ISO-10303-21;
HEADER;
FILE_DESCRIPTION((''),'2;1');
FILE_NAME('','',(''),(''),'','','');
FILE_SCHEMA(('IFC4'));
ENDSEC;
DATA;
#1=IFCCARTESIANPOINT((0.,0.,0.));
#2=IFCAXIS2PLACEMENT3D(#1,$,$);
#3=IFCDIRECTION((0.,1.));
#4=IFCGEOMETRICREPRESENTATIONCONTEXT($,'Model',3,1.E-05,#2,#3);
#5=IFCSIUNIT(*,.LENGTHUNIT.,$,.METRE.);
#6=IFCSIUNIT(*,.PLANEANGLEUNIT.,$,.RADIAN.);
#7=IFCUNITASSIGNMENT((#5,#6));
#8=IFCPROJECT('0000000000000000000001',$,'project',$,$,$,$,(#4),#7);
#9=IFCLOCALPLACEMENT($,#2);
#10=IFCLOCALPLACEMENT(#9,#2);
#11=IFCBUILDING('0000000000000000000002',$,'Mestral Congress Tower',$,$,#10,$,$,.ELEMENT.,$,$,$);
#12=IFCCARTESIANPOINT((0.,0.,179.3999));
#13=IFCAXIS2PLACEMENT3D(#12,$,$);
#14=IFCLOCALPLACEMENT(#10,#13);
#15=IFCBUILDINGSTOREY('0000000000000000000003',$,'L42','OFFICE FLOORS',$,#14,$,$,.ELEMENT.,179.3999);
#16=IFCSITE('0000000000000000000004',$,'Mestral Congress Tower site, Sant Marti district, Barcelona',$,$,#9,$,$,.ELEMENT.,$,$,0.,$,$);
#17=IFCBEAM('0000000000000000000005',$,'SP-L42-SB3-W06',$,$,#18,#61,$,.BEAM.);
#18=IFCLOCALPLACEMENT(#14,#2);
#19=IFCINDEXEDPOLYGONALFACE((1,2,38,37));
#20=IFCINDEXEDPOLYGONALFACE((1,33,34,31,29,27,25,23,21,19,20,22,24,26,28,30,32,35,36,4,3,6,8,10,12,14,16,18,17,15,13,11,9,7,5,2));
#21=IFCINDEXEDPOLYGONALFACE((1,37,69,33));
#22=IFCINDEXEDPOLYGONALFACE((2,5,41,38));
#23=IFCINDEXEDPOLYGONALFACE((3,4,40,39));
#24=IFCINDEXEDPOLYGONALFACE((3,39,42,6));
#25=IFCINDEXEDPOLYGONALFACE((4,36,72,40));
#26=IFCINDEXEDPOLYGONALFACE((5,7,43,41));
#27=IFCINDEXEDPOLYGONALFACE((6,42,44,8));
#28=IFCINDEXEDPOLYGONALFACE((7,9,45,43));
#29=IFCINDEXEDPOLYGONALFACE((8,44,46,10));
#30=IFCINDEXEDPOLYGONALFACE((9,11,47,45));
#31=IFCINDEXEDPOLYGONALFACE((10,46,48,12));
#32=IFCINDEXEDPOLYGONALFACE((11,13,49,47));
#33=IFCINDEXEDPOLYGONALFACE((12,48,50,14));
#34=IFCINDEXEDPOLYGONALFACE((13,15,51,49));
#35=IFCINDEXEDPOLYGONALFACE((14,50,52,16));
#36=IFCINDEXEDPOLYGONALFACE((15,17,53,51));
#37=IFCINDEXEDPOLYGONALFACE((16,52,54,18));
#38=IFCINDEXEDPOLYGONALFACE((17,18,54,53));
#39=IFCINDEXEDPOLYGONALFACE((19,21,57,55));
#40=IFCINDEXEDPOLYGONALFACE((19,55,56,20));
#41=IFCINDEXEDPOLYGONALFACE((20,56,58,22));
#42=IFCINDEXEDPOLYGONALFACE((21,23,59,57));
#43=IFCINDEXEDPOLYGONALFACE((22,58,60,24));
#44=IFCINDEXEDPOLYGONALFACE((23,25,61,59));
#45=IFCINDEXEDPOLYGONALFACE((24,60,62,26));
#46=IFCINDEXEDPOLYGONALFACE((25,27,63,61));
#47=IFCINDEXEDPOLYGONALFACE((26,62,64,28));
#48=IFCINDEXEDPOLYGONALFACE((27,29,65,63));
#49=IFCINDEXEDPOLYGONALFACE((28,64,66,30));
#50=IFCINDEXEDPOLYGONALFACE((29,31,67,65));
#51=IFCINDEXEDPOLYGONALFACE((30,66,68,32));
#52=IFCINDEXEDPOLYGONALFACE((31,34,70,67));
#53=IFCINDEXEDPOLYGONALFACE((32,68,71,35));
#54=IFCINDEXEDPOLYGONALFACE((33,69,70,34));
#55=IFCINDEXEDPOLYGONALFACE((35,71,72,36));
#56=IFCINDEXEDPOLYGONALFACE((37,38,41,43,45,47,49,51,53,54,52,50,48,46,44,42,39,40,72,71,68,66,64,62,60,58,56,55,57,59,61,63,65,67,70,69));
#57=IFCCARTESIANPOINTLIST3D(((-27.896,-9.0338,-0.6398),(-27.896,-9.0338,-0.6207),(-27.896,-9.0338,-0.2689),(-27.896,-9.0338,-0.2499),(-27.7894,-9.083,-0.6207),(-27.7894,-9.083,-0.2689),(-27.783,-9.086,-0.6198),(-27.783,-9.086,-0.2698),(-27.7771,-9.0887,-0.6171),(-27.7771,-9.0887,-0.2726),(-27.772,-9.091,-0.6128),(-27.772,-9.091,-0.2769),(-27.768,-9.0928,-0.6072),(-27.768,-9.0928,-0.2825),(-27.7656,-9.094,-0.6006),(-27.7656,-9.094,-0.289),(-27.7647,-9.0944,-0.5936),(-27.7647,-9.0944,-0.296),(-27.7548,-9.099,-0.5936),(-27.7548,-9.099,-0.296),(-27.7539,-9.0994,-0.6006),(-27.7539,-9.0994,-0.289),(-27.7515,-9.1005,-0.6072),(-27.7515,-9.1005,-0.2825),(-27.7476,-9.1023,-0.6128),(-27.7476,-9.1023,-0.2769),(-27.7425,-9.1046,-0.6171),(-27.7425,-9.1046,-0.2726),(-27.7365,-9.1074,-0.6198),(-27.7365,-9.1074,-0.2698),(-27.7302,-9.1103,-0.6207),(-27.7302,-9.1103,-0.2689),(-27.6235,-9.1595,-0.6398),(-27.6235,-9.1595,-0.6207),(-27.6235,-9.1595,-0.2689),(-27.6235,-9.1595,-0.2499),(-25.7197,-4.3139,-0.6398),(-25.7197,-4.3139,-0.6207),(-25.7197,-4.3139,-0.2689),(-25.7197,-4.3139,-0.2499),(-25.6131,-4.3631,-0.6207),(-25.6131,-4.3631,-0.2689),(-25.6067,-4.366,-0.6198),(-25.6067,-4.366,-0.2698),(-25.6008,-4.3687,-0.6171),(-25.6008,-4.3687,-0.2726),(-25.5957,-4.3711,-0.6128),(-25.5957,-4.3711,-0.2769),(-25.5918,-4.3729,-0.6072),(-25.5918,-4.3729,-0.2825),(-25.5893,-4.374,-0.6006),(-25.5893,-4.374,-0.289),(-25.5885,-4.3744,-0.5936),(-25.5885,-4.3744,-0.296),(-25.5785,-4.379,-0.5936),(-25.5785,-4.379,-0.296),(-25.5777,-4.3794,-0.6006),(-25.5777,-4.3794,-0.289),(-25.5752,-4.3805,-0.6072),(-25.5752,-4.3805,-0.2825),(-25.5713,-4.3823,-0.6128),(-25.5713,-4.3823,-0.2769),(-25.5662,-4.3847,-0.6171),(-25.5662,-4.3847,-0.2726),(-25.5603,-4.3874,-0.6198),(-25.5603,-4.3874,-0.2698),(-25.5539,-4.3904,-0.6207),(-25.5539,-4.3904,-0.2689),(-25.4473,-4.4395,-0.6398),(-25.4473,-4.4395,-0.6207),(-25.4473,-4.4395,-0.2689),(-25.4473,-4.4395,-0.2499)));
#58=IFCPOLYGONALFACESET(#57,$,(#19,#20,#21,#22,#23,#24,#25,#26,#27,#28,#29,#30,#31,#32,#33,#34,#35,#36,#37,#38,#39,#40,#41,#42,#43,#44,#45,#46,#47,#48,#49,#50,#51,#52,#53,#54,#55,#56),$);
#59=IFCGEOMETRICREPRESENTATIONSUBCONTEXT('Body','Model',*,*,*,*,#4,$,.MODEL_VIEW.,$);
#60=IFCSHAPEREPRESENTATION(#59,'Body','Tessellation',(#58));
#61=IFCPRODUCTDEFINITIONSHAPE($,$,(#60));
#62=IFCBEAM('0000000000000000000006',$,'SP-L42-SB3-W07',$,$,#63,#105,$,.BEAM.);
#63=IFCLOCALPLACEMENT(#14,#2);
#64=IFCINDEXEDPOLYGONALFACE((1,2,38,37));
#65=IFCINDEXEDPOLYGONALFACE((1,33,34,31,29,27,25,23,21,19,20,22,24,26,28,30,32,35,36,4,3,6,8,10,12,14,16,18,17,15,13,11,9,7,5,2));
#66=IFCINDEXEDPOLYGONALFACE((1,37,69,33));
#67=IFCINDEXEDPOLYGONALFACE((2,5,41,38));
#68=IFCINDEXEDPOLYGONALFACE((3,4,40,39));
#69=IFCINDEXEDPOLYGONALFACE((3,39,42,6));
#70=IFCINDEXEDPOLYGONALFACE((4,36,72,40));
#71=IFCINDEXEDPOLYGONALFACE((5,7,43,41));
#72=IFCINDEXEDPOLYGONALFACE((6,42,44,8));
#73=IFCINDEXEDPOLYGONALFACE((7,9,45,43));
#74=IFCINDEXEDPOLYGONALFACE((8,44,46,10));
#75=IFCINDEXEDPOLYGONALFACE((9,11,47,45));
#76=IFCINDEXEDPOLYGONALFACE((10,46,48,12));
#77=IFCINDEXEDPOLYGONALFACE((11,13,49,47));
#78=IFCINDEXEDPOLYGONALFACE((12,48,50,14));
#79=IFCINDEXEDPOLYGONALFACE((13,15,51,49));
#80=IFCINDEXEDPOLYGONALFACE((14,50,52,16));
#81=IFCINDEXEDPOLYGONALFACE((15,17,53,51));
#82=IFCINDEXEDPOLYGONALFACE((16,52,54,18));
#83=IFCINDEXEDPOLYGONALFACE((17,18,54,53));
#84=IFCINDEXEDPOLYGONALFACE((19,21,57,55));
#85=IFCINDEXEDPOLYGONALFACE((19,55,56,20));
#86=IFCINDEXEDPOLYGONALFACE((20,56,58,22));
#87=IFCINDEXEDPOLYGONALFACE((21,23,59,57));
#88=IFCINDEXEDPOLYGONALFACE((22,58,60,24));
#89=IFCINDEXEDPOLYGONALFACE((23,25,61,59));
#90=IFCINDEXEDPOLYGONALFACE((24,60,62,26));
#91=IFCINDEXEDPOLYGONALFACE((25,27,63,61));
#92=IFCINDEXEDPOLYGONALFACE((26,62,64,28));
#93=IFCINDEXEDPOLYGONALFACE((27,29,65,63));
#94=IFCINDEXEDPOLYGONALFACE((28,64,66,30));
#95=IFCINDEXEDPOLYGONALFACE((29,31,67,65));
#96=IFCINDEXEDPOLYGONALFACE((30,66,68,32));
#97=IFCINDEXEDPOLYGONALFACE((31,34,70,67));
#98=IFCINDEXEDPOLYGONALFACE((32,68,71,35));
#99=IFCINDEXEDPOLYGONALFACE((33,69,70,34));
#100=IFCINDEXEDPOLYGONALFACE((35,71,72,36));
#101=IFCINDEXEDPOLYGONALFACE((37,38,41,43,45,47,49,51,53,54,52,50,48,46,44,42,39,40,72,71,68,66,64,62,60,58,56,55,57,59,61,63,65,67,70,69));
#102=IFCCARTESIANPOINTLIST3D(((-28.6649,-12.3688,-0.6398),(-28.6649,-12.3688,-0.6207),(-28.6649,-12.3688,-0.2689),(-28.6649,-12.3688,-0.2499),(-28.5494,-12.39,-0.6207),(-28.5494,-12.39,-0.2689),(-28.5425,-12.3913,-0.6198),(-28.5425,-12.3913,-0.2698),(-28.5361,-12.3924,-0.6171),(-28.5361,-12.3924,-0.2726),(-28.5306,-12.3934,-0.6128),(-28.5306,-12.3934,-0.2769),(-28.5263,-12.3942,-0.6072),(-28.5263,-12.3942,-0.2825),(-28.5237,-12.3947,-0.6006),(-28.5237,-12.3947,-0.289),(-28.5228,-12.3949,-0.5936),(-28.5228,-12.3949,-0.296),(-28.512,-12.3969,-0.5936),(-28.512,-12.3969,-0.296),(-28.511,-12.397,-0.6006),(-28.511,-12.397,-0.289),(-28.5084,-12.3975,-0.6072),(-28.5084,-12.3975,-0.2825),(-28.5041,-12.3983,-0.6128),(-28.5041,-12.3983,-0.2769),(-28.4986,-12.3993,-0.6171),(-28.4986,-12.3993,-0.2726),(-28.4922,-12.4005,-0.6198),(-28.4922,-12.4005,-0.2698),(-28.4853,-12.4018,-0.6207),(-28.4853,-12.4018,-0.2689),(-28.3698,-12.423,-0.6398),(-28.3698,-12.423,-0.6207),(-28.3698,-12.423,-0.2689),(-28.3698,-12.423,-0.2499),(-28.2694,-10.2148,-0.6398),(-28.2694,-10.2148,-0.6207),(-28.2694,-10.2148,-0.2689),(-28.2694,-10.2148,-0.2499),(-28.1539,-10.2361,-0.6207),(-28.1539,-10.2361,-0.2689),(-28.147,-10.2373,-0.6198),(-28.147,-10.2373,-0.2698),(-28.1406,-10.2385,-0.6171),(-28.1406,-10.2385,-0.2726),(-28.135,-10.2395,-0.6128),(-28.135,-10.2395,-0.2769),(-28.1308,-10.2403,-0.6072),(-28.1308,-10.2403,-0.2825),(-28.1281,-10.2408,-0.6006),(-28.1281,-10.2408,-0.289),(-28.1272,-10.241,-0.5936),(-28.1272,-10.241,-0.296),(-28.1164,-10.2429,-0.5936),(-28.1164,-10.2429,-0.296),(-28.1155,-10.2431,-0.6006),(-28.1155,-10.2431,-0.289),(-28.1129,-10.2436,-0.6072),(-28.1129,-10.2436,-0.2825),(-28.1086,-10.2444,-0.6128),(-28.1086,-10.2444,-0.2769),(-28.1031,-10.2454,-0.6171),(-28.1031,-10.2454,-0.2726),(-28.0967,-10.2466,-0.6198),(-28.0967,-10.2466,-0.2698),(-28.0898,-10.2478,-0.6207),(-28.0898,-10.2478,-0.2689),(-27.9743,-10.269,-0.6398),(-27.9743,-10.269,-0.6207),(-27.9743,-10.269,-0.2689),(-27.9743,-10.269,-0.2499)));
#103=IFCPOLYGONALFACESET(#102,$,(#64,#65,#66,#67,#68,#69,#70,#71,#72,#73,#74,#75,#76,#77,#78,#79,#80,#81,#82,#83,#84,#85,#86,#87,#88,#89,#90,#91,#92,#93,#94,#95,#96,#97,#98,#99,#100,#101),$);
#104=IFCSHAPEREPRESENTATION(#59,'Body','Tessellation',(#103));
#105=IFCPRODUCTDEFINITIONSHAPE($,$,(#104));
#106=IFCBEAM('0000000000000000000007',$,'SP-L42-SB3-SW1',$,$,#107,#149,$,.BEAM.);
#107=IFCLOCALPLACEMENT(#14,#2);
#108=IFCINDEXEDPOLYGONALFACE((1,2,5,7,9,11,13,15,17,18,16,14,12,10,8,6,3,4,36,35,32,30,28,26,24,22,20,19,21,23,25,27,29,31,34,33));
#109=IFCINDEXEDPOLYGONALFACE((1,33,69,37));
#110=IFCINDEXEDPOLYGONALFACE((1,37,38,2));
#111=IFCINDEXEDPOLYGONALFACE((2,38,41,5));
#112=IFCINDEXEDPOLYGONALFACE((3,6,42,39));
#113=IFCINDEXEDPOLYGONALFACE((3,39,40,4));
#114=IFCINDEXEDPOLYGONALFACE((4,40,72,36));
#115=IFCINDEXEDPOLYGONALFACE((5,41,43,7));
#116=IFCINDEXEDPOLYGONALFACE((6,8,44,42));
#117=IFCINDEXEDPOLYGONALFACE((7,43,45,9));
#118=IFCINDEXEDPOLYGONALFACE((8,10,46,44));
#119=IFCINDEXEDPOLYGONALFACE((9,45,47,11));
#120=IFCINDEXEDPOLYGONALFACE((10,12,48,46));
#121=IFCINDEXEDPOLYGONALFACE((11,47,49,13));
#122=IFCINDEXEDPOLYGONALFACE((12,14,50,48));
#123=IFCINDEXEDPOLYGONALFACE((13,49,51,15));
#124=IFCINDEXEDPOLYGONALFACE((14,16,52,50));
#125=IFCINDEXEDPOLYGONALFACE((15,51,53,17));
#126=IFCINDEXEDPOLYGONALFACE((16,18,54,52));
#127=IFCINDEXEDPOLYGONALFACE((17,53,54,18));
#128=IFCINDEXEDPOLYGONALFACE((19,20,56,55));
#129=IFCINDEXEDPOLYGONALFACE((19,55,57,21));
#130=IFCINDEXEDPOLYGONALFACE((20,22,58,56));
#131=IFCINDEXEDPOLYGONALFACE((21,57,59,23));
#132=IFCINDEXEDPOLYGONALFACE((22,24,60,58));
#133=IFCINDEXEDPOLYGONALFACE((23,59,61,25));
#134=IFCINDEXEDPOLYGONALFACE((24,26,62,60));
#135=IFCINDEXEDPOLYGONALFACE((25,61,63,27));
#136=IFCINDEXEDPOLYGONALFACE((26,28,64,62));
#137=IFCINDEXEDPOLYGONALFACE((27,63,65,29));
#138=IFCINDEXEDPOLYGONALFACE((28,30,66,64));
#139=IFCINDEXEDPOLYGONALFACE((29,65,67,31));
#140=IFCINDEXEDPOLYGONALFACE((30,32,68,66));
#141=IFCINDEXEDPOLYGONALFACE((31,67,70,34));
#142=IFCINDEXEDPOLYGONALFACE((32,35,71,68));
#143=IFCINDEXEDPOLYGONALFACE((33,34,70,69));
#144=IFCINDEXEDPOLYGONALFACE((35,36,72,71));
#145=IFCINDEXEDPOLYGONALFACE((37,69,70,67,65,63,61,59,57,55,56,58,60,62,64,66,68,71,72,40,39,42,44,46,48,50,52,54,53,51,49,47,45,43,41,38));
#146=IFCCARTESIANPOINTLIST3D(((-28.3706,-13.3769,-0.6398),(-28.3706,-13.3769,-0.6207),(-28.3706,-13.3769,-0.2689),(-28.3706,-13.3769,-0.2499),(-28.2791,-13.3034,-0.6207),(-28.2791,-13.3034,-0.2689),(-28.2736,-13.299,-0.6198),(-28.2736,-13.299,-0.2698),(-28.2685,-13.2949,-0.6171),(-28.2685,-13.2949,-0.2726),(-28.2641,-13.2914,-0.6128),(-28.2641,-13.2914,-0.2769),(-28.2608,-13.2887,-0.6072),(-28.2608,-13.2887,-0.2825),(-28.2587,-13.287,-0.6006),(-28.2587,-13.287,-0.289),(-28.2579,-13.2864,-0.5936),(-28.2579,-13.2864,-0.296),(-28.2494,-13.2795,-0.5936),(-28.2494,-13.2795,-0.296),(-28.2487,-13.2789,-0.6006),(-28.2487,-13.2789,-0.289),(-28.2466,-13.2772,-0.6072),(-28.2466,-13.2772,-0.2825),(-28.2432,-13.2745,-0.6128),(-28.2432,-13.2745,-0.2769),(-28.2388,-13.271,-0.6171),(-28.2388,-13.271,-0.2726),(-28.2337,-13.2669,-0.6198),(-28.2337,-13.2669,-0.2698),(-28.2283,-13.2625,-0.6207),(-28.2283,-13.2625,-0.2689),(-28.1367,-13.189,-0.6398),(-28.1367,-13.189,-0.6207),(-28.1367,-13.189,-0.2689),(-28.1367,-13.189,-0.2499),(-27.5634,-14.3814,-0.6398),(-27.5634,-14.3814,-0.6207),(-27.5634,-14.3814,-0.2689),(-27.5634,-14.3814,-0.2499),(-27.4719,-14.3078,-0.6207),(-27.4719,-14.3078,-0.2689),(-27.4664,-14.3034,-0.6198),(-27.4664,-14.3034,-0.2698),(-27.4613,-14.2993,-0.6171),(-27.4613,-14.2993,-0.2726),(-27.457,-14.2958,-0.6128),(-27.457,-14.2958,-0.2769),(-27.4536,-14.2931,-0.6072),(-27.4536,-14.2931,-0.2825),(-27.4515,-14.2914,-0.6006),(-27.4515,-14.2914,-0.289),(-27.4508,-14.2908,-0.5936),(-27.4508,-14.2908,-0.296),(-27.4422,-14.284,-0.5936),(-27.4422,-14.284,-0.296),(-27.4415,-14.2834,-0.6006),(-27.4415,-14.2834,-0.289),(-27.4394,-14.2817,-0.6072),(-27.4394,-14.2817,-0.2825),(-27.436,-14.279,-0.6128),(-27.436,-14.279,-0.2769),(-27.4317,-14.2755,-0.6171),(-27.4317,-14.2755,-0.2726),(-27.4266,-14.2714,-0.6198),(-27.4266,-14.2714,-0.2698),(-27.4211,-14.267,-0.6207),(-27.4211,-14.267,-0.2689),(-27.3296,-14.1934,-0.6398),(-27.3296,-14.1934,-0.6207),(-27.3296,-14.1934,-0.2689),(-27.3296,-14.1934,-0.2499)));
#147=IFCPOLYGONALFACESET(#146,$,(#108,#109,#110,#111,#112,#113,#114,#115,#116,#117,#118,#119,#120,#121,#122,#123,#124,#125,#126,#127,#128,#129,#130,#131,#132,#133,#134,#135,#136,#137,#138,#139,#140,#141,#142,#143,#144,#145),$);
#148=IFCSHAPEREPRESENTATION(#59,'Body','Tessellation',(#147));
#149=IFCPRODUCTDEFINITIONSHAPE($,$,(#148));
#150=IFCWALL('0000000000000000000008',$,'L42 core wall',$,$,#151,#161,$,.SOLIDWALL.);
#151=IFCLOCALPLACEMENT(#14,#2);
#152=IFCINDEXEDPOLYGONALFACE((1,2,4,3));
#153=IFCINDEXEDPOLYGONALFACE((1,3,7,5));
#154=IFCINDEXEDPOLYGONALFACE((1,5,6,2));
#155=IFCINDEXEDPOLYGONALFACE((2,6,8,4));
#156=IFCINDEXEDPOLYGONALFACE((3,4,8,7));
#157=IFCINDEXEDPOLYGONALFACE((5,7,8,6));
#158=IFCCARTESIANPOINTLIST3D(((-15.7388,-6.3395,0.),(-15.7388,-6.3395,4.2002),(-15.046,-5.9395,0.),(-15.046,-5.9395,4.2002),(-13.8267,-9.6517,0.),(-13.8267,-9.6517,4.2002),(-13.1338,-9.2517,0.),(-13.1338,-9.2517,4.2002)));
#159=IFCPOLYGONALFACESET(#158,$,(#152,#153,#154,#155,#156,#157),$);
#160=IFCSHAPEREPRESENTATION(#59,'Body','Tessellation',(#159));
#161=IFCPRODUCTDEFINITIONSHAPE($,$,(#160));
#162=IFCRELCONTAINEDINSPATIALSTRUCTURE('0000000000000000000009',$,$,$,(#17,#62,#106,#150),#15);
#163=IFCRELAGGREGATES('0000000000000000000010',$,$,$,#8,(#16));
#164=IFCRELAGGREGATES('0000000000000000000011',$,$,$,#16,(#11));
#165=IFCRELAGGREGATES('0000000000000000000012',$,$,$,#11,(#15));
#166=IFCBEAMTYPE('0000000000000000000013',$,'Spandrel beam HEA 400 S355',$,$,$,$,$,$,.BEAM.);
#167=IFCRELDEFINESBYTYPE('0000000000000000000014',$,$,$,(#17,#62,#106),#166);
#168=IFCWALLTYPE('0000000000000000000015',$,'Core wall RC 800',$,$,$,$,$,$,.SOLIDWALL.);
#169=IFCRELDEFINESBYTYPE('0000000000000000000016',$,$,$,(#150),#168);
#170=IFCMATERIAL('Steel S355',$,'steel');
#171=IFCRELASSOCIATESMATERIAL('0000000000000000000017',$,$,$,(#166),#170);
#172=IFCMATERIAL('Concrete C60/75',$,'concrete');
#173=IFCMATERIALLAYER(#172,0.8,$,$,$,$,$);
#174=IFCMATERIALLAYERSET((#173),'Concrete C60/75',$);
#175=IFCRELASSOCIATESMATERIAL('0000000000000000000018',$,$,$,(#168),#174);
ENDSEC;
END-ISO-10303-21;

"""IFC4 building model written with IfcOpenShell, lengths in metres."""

from ifc_helpers import new_model, si_unit, direction, frame, frame_2d, origin, origin_2d, place, context, subcontext, project, spatial, rectangle, i_section, extrude, material, layer, layer_set, material_profile, profile_set, type_object, element, save


model = new_model("IFC4")

# Units and contexts
model_context = context("Model", 3, precision=1e-05, world=origin(), true_north=direction((0.0, 1.0)))
body_context = subcontext(model_context, "Body", "Model", "MODEL_VIEW")
ifc_project = project(units=[si_unit("LENGTHUNIT", "METRE"), si_unit("PLANEANGLEUNIT", "RADIAN")], contexts=[model_context])

# Site, building, storey
site_placement = place(None, origin())
site = spatial("IfcSite", under=ifc_project, at=site_placement, Name="Mestral Congress Tower site, Sant Marti district, Barcelona", CompositionType="ELEMENT", RefElevation=0.0)
building_placement = place(site_placement, origin())
building = spatial("IfcBuilding", under=site, at=building_placement, Name="Mestral Congress Tower", CompositionType="ELEMENT")
storey_placement = place(building_placement, frame((0.0, 0.0, 179.3999)))
storey = spatial("IfcBuildingStorey", under=building, at=storey_placement, Name="L42", Description="OFFICE FLOORS", CompositionType="ELEMENT", Elevation=179.3999)

# Shared definitions
ifc_material_1 = material(Name="Concrete C60/75", Category="concrete")

# Beams
ifc_material_2 = material(Name="Steel S355", Category="steel")
ifc_material_profile_1 = material_profile(ifc_material_2, i_section(OverallWidth=0.3, OverallDepth=0.3899, WebThickness=0.011, FlangeThickness=0.019, FilletRadius=0.0271, at=origin_2d()), Name="HEA 400")
ifc_profile_set_1 = profile_set([ifc_material_profile_1], Name="Steel S355")
beam_type_1 = type_object("IfcBeamType", Name="Spandrel beam HEA 400 S355", PredefinedType="BEAM", material=ifc_profile_set_1)
beam_1_placement = place(storey_placement, frame((-25.5835, -4.3767, -0.4448), z_axis=(-0.418713, -0.908119, 0.0), x_axis=(0.908119, -0.418713, 0.0)))
element("IfcBeam", 1, at=beam_1_placement, inside=storey, type_object=beam_type_1, Name="SP-L42-SB3-W06", PredefinedType="BEAM", context=body_context, shape_type="SweptSolid", body=[
    extrude(i_section(OverallWidth=0.3, OverallDepth=0.3899, WebThickness=0.011, FlangeThickness=0.019, FilletRadius=0.0271, at=origin_2d()), origin(), (0.0, 0.0, 1.0), 5.1975),
])
beam_2_placement = place(storey_placement, frame((-28.1218, -10.2419, -0.4448), z_axis=(-0.180612, -0.983554, 0.0), x_axis=(0.983554, -0.180612, 0.0)))
element("IfcBeam", 2, at=beam_2_placement, inside=storey, type_object=beam_type_1, Name="SP-L42-SB3-W07", PredefinedType="BEAM", context=body_context, shape_type="SweptSolid", body=[
    extrude(i_section(OverallWidth=0.3, OverallDepth=0.3899, WebThickness=0.011, FlangeThickness=0.019, FilletRadius=0.0271, at=origin_2d()), origin(), (0.0, 0.0, 1.0), 2.1899),
])
beam_3_placement = place(storey_placement, frame((-28.2537, -13.283, -0.4448), z_axis=(0.626403, -0.779499, 0.0), x_axis=(0.779499, 0.626403, 0.0)))
element("IfcBeam", 3, at=beam_3_placement, inside=storey, type_object=beam_type_1, Name="SP-L42-SB3-SW1", PredefinedType="BEAM", context=body_context, shape_type="SweptSolid", body=[
    extrude(i_section(OverallWidth=0.3, OverallDepth=0.3899, WebThickness=0.011, FlangeThickness=0.019, FilletRadius=0.0271, at=origin_2d()), origin(), (0.0, 0.0, 1.0), 1.2886),
])

# Wall
ifc_layer_1 = layer(ifc_material_1, 0.8)
ifc_layer_set_1 = layer_set([ifc_layer_1], Name="Concrete C60/75")
wall_type_1 = type_object("IfcWallType", Name="Core wall RC 800", PredefinedType="SOLIDWALL", material=ifc_layer_set_1)
wall_1_placement = place(storey_placement, frame((-15.3923, -6.1396, 0.0), z_axis=(0.0, 0.0, 1.0), x_axis=(0.499984, -0.866035, 0.0)))
element("IfcWall", 4, at=wall_1_placement, inside=storey, type_object=wall_type_1, Name="L42 core wall", PredefinedType="SOLIDWALL", context=body_context, shape_type="SweptSolid", body=[
    extrude(rectangle(XDim=3.8245, YDim=0.8, at=frame_2d((1.9121, 0.0))), origin(), (0.0, 0.0, 1.0), 4.2002),
])

save(model, "model.ifc")
